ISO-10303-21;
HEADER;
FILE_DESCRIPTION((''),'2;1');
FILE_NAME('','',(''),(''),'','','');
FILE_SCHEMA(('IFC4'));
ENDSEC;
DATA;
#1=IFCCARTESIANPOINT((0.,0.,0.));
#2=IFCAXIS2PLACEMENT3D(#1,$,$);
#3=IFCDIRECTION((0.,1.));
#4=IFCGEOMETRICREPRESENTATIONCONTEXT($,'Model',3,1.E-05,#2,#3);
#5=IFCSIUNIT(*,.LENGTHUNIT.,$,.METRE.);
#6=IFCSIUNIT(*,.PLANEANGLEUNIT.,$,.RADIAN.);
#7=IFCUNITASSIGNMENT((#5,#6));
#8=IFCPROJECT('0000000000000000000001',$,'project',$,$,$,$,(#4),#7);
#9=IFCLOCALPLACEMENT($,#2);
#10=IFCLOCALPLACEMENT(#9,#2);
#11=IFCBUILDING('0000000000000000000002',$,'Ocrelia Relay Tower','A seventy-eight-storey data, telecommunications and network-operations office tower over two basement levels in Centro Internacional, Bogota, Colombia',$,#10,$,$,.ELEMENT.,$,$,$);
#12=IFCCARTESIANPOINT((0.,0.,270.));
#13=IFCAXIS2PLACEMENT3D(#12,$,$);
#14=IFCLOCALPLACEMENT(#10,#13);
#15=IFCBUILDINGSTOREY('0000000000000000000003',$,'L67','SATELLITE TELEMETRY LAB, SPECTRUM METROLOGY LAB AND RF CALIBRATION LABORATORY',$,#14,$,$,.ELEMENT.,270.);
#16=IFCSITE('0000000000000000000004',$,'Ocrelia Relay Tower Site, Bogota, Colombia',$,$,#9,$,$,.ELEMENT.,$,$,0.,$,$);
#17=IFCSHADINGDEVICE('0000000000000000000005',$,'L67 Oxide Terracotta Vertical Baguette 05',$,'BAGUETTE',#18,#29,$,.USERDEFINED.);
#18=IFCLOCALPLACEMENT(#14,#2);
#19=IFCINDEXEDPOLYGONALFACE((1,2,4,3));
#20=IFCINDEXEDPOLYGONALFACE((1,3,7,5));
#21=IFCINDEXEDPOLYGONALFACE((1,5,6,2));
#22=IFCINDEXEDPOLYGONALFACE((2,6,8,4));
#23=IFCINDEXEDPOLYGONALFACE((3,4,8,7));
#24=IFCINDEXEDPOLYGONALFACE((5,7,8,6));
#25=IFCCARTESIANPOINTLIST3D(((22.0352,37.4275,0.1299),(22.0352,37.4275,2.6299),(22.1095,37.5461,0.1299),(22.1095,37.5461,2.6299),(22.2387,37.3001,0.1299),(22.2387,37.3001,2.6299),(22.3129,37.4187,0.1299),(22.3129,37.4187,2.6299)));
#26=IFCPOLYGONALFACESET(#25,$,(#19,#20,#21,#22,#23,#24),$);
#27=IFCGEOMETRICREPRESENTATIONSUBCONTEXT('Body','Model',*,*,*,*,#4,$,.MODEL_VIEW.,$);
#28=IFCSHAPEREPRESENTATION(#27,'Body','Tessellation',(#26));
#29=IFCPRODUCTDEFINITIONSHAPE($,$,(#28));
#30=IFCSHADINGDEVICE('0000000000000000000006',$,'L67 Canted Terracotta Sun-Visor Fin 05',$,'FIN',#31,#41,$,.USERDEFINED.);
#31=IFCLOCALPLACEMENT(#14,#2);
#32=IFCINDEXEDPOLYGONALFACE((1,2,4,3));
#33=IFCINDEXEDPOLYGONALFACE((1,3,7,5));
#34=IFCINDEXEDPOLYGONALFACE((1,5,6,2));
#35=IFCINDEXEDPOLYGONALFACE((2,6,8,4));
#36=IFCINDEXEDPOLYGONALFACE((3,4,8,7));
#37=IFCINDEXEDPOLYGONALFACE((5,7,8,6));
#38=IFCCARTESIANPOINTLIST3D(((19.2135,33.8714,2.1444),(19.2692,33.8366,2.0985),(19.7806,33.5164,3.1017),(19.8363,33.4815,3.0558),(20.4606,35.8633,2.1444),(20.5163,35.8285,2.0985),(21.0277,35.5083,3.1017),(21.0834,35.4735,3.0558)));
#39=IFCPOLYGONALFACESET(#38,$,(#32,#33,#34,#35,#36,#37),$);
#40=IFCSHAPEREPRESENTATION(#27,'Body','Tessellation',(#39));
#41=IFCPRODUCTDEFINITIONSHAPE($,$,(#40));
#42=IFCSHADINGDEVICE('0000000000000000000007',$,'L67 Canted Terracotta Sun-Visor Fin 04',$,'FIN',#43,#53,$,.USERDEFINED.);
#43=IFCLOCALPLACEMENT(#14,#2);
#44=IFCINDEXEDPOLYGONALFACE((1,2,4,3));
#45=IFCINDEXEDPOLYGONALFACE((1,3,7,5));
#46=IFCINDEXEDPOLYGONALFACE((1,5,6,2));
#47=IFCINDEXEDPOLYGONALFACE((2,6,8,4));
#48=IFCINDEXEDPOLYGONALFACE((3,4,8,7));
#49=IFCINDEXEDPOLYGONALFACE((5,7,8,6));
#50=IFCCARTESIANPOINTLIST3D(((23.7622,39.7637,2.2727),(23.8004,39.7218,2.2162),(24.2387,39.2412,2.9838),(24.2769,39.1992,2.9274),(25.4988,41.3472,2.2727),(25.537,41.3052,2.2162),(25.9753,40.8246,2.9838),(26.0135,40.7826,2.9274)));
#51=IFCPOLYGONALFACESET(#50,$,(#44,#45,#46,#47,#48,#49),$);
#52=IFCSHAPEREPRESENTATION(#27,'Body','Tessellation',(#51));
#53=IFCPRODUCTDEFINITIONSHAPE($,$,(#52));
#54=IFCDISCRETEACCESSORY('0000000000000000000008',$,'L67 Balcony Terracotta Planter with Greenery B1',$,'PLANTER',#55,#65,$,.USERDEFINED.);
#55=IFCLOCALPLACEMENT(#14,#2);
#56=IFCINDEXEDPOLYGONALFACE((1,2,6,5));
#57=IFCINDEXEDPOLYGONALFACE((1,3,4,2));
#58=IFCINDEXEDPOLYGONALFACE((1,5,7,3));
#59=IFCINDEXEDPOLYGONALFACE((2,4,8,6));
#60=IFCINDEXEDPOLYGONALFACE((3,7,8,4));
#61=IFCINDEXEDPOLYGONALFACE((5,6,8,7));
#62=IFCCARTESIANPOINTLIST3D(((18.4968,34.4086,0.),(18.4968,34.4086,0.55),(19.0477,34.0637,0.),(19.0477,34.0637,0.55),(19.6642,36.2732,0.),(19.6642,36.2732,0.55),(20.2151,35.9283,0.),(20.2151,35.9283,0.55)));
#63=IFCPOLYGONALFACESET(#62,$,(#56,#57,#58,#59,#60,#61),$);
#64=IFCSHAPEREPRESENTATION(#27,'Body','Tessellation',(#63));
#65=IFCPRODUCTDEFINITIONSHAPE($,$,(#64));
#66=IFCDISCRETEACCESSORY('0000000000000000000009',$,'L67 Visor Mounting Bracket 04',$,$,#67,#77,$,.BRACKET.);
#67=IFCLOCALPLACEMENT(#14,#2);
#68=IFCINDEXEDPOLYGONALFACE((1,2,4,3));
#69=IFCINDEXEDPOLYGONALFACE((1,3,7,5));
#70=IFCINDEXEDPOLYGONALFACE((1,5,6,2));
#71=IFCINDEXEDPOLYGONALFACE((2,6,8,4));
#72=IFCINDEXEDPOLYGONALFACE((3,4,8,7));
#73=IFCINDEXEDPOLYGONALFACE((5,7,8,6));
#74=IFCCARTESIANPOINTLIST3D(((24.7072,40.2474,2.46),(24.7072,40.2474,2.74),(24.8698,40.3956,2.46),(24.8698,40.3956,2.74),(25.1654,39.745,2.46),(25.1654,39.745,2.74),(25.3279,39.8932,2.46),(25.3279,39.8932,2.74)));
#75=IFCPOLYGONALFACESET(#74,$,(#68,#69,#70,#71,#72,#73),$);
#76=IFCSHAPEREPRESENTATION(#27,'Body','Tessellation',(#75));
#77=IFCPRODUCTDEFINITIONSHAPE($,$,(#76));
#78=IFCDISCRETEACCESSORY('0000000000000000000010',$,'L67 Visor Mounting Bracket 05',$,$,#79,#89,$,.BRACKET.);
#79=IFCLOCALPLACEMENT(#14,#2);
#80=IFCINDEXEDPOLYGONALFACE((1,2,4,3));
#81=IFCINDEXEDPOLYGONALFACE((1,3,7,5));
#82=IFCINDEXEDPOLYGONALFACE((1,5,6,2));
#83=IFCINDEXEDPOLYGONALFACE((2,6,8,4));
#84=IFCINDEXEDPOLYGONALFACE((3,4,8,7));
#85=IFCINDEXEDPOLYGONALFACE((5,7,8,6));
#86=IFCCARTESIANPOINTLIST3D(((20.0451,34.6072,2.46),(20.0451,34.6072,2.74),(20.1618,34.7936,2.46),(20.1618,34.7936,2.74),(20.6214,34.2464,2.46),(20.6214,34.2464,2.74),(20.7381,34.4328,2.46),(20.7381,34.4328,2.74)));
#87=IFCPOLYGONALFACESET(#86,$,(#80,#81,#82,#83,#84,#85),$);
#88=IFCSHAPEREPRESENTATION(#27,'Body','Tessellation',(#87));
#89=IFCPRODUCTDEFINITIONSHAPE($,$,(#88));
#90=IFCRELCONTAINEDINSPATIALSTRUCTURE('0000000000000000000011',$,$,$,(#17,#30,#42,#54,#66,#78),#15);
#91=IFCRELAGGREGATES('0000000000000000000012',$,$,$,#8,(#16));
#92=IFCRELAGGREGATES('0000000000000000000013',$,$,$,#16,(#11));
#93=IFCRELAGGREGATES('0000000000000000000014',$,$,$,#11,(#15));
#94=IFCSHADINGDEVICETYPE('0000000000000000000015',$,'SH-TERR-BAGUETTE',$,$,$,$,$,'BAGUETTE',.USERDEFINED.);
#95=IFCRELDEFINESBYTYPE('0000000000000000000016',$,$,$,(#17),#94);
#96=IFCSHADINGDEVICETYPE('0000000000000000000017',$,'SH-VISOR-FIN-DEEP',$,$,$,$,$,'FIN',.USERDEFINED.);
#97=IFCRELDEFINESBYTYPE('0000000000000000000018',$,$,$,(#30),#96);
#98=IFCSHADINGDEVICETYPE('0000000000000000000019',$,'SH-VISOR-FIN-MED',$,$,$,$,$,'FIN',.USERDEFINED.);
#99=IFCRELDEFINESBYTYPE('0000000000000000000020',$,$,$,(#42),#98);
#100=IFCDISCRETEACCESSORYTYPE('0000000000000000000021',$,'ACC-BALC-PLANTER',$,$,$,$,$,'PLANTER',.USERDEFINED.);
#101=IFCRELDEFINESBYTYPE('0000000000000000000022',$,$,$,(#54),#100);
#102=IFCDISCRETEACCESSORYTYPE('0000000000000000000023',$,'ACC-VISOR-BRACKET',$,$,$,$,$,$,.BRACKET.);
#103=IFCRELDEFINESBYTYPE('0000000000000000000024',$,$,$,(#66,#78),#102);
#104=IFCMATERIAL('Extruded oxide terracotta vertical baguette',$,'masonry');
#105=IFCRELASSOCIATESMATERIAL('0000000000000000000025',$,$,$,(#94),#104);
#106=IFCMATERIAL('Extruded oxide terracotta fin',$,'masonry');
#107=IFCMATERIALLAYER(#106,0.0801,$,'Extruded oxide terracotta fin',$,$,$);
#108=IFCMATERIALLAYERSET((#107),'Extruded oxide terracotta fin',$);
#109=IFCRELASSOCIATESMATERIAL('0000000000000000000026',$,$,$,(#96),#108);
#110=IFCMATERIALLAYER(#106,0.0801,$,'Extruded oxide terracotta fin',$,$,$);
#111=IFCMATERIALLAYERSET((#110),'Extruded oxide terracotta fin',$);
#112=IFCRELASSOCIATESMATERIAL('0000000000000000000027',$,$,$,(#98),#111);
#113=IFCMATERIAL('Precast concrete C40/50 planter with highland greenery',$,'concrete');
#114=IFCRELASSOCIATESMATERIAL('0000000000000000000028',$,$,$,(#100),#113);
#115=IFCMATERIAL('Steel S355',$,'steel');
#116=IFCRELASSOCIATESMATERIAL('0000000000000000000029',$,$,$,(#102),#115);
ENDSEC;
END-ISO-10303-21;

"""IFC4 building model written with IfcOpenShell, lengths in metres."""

from ifc_helpers import new_model, si_unit, direction, frame, origin, origin_2d, place, context, subcontext, project, spatial, rectangle, extrude, material, layer, layer_set, type_object, element, save


model = new_model("IFC4")

# Units and contexts
model_context = context("Model", 3, precision=1e-05, world=origin(), true_north=direction((0.0, 1.0)))
body_context = subcontext(model_context, "Body", "Model", "MODEL_VIEW")
ifc_project = project(units=[si_unit("LENGTHUNIT", "METRE"), si_unit("PLANEANGLEUNIT", "RADIAN")], contexts=[model_context])

# Site, building, storey
site_placement = place(None, origin())
site = spatial("IfcSite", under=ifc_project, at=site_placement, Name="Ocrelia Relay Tower Site, Bogota, Colombia", CompositionType="ELEMENT", RefElevation=0.0)
building_placement = place(site_placement, origin())
building = spatial("IfcBuilding", under=site, at=building_placement, Name="Ocrelia Relay Tower", Description="A seventy-eight-storey data, telecommunications and network-operations office tower over two basement levels in Centro Internacional, Bogota, Colombia", CompositionType="ELEMENT")
storey_placement = place(building_placement, frame((0.0, 0.0, 270.0)))
storey = spatial("IfcBuildingStorey", under=building, at=storey_placement, Name="L67", Description="SATELLITE TELEMETRY LAB, SPECTRUM METROLOGY LAB AND RF CALIBRATION LABORATORY", CompositionType="ELEMENT", Elevation=270.0)

# Shared definitions
ifc_material_1 = material(Name="Steel S355", Category="steel")

# Shading devices
ifc_material_2 = material(Name="Extruded oxide terracotta vertical baguette", Category="masonry")
shading_device_type_1 = type_object("IfcShadingDeviceType", Name="SH-TERR-BAGUETTE", ElementType="BAGUETTE", PredefinedType="USERDEFINED", material=ifc_material_2)
shading_device_1_placement = place(storey_placement, frame((22.1741, 37.4231, 0.1299), z_axis=(0.0, 0.0, 1.0), x_axis=(-0.530659, -0.847585, 0.0)))
element("IfcShadingDevice", 1, at=shading_device_1_placement, inside=storey, type_object=shading_device_type_1, Name="L67 Oxide Terracotta Vertical Baguette 05", ObjectType="BAGUETTE", PredefinedType="USERDEFINED", context=body_context, shape_type="SweptSolid", body=[
    extrude(rectangle(XDim=0.1399, YDim=0.24, at=origin_2d()), origin(), (0.0, 0.0, 1.0), 2.5),
])
ifc_material_3 = material(Name="Extruded oxide terracotta fin", Category="masonry")
ifc_layer_1 = layer(ifc_material_3, 0.0801, Name="Extruded oxide terracotta fin")
ifc_layer_set_1 = layer_set([ifc_layer_1], Name="Extruded oxide terracotta fin")
shading_device_type_2 = type_object("IfcShadingDeviceType", Name="SH-VISOR-FIN-DEEP", ElementType="FIN", PredefinedType="USERDEFINED", material=ifc_layer_set_1)
shading_device_2_placement = place(storey_placement, frame((20.1763, 34.655, 2.5771), z_axis=(-0.694725, 0.434956, 0.572861), x_axis=(-0.530659, -0.847585, 0.0)))
element("IfcShadingDevice", 2, at=shading_device_2_placement, inside=storey, type_object=shading_device_type_2, Name="L67 Canted Terracotta Sun-Visor Fin 05", ObjectType="FIN", PredefinedType="USERDEFINED", context=body_context, shape_type="SweptSolid", body=[
    extrude(rectangle(XDim=2.3501, YDim=1.168, at=origin_2d()), origin(), (0.0, 0.0, 1.0), 0.0801),
])
ifc_layer_2 = layer(ifc_material_3, 0.0801, Name="Extruded oxide terracotta fin")
ifc_layer_set_2 = layer_set([ifc_layer_2], Name="Extruded oxide terracotta fin")
shading_device_type_3 = type_object("IfcShadingDeviceType", Name="SH-VISOR-FIN-MED", ElementType="FIN", PredefinedType="USERDEFINED", material=ifc_layer_set_2)
shading_device_3_placement = place(storey_placement, frame((24.907, 40.2522, 2.5718), z_axis=(-0.477756, 0.523967, 0.705129), x_axis=(-0.738941, -0.67377, 0.0)))
element("IfcShadingDevice", 3, at=shading_device_3_placement, inside=storey, type_object=shading_device_type_3, Name="L67 Canted Terracotta Sun-Visor Fin 04", ObjectType="FIN", PredefinedType="USERDEFINED", context=body_context, shape_type="SweptSolid", body=[
    extrude(rectangle(XDim=2.3501, YDim=1.0029, at=origin_2d()), origin(), (0.0, 0.0, 1.0), 0.0801),
])

# Discrete accessories
ifc_material_4 = material(Name="Precast concrete C40/50 planter with highland greenery", Category="concrete")
discrete_accessory_type_1 = type_object("IfcDiscreteAccessoryType", Name="ACC-BALC-PLANTER", ElementType="PLANTER", PredefinedType="USERDEFINED", material=ifc_material_4)
discrete_accessory_placement = place(storey_placement, frame((19.356, 35.1685, 0.0), z_axis=(0.0, 0.0, 1.0), x_axis=(0.530652, 0.84759, 0.0)))
element("IfcDiscreteAccessory", 4, at=discrete_accessory_placement, inside=storey, type_object=discrete_accessory_type_1, Name="L67 Balcony Terracotta Planter with Greenery B1", ObjectType="PLANTER", PredefinedType="USERDEFINED", context=body_context, shape_type="SweptSolid", body=[
    extrude(rectangle(XDim=2.2, YDim=0.6499, at=origin_2d()), origin(), (0.0, 0.0, 1.0), 0.55),
])
discrete_accessory_type_2 = type_object("IfcDiscreteAccessoryType", Name="ACC-VISOR-BRACKET", PredefinedType="BRACKET", material=ifc_material_1)
for number, where, z_axis, x_axis, name in (
    (5, (25.0176, 40.0703, 2.46), (0.0, 0.0, 1.0), (-0.738941, -0.67377, 0.0), "L67 Visor Mounting Bracket 04"),
    (6, (20.3916, 34.52, 2.46), (0.0, 0.0, 1.0), (-0.530659, -0.847585, 0.0), "L67 Visor Mounting Bracket 05"),
):
    element("IfcDiscreteAccessory", number, at=place(storey_placement, frame(where, z_axis=z_axis, x_axis=x_axis)), inside=storey, type_object=discrete_accessory_type_2, Name=name, PredefinedType="BRACKET", context=body_context, shape_type="SweptSolid", body=[
        extrude(rectangle(XDim=0.22, YDim=0.6799, at=origin_2d()), origin(), (0.0, 0.0, 1.0), 0.28),
    ])

save(model, "model.ifc")
